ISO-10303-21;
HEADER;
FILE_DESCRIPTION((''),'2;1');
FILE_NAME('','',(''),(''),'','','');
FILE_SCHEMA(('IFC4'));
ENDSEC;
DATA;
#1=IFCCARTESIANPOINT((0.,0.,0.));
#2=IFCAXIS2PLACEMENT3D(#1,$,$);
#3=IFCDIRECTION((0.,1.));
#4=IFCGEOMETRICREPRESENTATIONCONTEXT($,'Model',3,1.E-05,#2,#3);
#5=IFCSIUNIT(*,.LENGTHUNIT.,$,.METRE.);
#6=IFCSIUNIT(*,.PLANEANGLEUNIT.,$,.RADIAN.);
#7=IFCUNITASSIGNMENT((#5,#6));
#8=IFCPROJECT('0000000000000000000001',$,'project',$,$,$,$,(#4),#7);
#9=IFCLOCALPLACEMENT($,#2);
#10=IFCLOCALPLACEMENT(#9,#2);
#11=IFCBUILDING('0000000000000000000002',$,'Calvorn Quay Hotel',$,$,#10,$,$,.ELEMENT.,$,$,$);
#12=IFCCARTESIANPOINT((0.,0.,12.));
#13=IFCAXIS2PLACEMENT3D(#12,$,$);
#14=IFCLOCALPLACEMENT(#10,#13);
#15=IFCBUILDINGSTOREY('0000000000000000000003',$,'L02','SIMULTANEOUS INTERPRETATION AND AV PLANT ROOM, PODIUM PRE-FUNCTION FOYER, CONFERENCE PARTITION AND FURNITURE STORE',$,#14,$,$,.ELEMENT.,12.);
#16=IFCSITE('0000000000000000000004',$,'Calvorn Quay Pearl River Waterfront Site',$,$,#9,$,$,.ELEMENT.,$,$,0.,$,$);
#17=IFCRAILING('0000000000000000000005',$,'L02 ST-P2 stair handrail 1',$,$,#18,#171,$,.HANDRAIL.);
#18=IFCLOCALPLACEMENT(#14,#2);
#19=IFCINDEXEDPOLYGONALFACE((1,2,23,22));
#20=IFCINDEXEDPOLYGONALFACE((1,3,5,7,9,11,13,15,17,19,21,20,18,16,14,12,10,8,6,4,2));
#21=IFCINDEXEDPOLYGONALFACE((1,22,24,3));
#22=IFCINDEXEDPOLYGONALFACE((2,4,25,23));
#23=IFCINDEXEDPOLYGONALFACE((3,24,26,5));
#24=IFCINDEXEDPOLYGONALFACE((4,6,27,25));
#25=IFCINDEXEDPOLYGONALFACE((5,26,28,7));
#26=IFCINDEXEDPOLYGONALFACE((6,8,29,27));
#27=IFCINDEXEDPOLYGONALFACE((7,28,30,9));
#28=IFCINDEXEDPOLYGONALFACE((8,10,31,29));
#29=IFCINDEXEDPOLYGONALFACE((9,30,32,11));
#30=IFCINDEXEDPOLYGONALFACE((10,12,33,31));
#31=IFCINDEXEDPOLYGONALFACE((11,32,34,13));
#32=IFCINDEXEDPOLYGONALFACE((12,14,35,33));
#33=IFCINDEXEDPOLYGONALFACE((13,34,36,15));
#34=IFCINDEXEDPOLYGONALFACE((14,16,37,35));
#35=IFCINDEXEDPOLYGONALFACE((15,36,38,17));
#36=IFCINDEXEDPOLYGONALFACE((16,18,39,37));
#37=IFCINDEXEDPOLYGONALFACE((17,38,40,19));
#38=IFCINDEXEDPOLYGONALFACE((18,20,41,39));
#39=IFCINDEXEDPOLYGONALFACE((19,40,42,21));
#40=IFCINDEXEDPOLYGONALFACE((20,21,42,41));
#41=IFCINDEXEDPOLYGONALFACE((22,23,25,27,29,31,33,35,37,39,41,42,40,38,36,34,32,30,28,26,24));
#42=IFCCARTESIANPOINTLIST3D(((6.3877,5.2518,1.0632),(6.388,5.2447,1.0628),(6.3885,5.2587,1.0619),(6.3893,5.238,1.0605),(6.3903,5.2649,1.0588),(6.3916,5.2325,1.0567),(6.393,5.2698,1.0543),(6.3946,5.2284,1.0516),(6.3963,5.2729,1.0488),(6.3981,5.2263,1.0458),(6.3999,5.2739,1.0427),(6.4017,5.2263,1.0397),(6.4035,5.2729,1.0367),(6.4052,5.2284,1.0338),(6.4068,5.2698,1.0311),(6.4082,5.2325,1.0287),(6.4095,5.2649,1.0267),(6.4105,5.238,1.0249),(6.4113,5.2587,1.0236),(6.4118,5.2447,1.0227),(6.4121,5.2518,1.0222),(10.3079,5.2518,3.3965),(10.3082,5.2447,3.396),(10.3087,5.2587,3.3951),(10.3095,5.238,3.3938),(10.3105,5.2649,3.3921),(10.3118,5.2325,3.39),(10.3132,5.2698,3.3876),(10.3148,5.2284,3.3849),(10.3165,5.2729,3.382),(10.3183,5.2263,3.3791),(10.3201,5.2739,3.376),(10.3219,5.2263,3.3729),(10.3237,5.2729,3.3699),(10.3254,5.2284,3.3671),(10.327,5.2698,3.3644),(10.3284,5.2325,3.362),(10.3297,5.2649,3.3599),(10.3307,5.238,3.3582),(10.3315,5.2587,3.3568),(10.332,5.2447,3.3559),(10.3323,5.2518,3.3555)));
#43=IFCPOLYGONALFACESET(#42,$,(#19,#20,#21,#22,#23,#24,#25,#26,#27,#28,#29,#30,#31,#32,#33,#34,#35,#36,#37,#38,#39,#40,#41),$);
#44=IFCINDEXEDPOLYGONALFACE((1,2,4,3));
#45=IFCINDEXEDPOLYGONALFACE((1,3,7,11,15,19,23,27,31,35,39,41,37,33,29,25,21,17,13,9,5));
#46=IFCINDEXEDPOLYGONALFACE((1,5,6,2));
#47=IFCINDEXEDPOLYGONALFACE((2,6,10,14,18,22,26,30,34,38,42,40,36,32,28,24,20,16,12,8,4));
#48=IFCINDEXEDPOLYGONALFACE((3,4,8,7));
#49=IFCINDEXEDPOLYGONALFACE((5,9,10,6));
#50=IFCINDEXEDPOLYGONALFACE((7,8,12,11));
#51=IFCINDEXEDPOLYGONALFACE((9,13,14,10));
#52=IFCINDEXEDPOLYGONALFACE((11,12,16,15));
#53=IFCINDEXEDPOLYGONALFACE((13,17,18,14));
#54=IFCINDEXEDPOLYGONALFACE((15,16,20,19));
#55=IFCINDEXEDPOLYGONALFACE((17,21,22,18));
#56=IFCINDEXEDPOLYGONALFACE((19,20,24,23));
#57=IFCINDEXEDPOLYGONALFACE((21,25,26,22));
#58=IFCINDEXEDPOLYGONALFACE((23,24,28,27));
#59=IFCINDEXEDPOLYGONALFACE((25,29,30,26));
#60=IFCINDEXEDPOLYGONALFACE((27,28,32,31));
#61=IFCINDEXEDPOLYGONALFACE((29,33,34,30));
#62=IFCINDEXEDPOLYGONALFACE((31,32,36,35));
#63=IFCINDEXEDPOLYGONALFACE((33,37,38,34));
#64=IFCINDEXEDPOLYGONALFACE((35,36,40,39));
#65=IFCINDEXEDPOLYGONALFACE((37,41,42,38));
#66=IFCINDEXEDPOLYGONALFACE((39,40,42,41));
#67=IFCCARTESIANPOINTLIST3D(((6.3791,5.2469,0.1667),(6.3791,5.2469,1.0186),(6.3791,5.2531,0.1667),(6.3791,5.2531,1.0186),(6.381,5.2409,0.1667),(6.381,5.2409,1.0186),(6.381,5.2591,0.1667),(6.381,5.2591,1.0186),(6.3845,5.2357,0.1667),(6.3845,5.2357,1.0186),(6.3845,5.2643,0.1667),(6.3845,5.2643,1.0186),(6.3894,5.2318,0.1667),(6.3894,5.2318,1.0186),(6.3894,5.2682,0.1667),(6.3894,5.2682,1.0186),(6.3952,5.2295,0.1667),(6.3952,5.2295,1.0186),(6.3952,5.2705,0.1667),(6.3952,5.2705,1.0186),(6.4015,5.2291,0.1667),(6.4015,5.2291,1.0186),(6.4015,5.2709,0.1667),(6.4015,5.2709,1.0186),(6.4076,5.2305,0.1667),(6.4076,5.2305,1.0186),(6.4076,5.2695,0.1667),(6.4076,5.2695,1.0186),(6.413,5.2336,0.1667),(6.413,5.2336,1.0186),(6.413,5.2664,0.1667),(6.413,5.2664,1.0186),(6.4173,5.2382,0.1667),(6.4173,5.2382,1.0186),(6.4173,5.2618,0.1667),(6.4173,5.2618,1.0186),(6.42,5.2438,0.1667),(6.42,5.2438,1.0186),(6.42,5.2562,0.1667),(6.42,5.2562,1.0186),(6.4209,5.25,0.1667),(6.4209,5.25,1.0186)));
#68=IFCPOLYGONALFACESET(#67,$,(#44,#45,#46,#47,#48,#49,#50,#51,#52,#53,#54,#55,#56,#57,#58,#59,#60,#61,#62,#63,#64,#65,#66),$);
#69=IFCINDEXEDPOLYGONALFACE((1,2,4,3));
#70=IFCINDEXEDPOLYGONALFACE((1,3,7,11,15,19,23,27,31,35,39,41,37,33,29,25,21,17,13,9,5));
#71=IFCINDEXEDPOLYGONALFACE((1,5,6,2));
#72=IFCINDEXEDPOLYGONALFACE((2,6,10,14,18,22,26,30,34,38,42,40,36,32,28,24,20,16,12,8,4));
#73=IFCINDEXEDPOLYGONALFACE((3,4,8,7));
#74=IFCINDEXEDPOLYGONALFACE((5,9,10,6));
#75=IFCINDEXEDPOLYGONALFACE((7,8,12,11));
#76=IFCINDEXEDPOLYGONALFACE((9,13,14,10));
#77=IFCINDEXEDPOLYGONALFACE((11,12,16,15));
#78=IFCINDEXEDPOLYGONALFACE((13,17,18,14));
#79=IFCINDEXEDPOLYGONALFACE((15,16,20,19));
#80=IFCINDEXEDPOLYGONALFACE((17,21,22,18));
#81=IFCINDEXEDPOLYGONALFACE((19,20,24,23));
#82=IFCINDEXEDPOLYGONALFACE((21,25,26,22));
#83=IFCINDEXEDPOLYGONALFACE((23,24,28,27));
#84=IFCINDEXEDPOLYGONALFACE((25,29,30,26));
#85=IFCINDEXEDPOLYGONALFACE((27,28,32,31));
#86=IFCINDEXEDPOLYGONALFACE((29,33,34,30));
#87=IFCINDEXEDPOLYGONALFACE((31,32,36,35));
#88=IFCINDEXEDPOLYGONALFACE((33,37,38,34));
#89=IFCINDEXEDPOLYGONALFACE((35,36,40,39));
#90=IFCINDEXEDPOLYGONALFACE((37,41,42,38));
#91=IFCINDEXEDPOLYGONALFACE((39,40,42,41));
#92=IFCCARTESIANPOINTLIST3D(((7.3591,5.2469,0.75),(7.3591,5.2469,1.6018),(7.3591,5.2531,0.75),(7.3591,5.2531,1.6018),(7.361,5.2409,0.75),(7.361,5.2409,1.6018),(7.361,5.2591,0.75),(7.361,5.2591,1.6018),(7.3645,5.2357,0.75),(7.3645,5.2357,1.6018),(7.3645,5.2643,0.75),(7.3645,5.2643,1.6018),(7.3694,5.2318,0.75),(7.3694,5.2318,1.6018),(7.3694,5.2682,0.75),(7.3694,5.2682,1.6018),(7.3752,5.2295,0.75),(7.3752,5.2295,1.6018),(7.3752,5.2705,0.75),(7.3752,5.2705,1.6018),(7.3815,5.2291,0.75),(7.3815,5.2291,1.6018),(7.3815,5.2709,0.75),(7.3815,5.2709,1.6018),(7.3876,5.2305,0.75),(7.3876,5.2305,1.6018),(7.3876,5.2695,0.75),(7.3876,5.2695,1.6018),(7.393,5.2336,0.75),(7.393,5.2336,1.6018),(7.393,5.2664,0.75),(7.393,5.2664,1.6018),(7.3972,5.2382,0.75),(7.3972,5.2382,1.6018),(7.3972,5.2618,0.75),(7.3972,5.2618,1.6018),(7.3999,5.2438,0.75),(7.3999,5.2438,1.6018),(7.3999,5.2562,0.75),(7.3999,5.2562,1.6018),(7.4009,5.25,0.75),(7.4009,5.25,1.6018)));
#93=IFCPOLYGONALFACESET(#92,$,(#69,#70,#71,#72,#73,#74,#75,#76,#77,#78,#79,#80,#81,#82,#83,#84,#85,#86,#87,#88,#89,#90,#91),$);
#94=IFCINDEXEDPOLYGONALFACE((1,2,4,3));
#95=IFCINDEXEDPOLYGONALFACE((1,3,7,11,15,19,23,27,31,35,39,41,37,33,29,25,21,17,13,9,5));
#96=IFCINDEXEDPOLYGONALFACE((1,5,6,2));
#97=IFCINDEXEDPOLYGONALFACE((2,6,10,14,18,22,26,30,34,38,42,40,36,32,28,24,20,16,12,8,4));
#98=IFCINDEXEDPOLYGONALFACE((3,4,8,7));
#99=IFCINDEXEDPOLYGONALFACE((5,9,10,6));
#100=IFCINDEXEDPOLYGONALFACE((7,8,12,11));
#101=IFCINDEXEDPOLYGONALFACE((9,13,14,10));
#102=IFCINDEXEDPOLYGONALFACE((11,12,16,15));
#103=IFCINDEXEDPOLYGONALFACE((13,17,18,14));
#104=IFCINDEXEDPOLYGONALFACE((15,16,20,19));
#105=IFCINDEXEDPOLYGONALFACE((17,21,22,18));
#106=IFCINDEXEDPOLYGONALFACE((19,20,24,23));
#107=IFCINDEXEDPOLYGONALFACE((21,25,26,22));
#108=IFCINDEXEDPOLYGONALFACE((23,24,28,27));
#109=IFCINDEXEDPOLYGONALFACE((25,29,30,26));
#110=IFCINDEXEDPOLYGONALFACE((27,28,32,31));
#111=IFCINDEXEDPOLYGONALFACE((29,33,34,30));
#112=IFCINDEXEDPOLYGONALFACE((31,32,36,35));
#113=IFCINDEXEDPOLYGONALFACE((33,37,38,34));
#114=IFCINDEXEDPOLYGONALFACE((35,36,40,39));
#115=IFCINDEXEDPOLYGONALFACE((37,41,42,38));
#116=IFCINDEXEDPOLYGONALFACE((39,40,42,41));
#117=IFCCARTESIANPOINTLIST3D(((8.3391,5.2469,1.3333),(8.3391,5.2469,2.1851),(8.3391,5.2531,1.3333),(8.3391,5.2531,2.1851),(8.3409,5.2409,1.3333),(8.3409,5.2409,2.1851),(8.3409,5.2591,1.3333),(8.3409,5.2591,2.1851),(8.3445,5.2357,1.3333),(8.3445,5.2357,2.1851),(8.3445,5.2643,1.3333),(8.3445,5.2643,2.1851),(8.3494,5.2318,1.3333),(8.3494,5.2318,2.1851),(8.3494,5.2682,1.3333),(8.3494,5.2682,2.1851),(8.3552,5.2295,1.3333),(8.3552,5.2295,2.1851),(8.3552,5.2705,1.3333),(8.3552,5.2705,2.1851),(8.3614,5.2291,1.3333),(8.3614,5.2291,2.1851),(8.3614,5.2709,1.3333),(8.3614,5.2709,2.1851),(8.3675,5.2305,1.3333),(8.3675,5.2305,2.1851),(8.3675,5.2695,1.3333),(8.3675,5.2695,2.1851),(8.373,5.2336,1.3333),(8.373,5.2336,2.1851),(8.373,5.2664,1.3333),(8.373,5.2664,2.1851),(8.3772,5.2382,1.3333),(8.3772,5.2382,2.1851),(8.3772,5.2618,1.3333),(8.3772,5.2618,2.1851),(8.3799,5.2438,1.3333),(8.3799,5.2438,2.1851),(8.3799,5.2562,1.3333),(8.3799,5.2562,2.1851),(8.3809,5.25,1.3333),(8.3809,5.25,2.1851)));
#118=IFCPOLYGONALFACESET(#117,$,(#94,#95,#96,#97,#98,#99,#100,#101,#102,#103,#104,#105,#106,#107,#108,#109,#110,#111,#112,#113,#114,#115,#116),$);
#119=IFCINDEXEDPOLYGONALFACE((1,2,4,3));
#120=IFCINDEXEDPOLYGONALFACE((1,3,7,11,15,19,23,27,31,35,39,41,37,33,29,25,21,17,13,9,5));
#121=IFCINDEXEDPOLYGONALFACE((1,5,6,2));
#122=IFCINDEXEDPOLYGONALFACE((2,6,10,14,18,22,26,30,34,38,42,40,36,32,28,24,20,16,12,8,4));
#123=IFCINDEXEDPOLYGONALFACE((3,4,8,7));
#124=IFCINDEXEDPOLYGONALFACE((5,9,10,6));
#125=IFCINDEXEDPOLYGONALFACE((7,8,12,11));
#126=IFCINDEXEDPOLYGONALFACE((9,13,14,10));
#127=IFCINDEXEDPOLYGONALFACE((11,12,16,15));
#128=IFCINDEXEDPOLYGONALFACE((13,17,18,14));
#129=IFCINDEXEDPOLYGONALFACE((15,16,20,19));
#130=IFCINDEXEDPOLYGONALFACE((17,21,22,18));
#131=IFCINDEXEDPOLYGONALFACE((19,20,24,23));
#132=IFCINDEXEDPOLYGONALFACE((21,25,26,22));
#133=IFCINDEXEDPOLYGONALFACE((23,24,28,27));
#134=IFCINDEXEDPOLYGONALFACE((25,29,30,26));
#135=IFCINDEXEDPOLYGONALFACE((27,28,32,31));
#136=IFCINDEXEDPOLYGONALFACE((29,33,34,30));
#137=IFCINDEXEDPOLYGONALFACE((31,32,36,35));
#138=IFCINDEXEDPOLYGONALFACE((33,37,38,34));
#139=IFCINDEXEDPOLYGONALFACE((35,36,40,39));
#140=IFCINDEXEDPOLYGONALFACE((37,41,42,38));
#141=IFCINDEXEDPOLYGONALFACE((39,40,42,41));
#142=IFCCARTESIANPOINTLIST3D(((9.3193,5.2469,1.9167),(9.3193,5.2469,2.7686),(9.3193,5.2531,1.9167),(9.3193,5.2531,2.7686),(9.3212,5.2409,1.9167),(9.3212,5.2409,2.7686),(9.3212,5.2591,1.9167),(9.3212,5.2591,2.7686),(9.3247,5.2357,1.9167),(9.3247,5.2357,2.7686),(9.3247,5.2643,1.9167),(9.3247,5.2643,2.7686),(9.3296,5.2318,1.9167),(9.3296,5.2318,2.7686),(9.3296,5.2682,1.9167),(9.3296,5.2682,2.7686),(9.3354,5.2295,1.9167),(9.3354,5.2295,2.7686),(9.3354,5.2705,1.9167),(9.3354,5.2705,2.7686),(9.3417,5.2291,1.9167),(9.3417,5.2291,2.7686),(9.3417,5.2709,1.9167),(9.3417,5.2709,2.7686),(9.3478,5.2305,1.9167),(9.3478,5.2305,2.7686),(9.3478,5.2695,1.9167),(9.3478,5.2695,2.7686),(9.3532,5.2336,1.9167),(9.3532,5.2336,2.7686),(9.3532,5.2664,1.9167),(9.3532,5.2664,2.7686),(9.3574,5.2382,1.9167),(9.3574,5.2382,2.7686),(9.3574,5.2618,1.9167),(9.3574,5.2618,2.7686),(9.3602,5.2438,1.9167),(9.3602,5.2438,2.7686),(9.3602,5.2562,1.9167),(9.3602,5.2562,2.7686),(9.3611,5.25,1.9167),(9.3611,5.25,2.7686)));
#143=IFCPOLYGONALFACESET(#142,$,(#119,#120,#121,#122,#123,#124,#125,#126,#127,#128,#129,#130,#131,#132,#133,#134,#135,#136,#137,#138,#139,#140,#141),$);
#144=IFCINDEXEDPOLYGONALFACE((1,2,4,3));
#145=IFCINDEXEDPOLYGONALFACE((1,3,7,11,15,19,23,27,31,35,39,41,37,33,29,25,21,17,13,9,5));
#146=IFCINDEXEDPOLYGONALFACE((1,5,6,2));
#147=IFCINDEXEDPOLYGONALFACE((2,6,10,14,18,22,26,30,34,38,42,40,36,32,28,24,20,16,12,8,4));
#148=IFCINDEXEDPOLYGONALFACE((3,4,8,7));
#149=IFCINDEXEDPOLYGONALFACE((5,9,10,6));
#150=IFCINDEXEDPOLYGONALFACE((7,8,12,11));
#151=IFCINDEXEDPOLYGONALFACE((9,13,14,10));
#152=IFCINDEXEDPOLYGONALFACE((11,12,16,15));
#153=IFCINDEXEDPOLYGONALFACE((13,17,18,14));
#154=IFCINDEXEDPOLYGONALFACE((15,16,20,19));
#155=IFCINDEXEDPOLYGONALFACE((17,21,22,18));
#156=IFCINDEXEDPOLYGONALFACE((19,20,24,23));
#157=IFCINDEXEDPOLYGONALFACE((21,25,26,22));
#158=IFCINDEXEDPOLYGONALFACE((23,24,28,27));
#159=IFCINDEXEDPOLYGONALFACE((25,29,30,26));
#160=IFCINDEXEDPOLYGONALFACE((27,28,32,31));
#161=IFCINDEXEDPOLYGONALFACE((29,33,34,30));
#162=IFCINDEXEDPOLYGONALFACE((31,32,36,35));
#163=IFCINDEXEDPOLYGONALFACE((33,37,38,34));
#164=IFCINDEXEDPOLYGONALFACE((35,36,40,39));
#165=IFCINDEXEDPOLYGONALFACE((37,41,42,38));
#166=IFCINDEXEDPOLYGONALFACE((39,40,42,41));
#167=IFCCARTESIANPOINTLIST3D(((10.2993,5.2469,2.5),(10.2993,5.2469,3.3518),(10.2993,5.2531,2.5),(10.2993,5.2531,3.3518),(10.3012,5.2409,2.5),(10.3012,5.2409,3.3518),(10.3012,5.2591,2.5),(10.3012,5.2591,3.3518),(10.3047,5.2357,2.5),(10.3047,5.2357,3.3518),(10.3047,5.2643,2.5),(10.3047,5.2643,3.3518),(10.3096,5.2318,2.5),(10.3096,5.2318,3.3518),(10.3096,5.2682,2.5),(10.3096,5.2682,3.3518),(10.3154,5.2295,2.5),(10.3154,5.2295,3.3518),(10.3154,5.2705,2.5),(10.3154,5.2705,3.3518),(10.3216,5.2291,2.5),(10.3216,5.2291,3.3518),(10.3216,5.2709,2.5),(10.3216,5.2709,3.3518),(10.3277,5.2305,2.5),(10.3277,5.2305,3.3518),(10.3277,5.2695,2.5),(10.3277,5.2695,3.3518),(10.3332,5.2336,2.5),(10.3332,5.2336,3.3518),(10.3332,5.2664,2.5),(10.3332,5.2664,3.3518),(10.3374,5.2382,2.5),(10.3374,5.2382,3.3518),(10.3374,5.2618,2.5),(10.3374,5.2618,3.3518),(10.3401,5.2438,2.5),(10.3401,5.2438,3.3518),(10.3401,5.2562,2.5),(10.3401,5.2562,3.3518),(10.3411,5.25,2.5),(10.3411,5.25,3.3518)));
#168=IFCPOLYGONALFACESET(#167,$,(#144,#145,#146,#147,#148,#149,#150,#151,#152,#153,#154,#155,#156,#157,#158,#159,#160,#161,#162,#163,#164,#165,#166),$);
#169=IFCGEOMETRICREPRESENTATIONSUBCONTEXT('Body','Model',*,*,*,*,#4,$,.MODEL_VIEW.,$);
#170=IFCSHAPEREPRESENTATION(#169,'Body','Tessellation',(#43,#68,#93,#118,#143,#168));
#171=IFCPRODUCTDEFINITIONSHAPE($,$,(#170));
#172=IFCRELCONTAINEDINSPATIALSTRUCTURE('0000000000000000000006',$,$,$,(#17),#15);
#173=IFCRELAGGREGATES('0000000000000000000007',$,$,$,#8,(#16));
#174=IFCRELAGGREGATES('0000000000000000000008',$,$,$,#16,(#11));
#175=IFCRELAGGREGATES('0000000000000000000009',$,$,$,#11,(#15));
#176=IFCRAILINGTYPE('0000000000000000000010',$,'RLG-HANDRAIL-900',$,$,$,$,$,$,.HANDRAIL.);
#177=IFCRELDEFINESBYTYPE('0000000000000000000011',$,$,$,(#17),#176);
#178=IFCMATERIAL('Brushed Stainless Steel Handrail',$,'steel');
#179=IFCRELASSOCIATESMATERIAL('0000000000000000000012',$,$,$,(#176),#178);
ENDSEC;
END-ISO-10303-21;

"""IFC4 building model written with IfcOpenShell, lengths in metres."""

from ifc_helpers import new_model, si_unit, direction, frame, origin, origin_2d, place, context, subcontext, project, spatial, circle, extrude, material, type_object, element, save


model = new_model("IFC4")

# Units and contexts
model_context = context("Model", 3, precision=1e-05, world=origin(), true_north=direction((0.0, 1.0)))
body_context = subcontext(model_context, "Body", "Model", "MODEL_VIEW")
ifc_project = project(units=[si_unit("LENGTHUNIT", "METRE"), si_unit("PLANEANGLEUNIT", "RADIAN")], contexts=[model_context])

# Site, building, storey
site_placement = place(None, origin())
site = spatial("IfcSite", under=ifc_project, at=site_placement, Name="Calvorn Quay Pearl River Waterfront Site", CompositionType="ELEMENT", RefElevation=0.0)
building_placement = place(site_placement, origin())
building = spatial("IfcBuilding", under=site, at=building_placement, Name="Calvorn Quay Hotel", CompositionType="ELEMENT")
storey_placement = place(building_placement, frame((0.0, 0.0, 12.0)))
storey = spatial("IfcBuildingStorey", under=building, at=storey_placement, Name="L02", Description="SIMULTANEOUS INTERPRETATION AND AV PLANT ROOM, PODIUM PRE-FUNCTION FOYER, CONFERENCE PARTITION AND FURNITURE STORE", CompositionType="ELEMENT", Elevation=12.0)

# Railing
ifc_material_1 = material(Name="Brushed Stainless Steel Handrail", Category="steel")
railing_type_1 = type_object("IfcRailingType", Name="RLG-HANDRAIL-900", PredefinedType="HANDRAIL", material=ifc_material_1)
railing_1_placement = place(storey_placement, frame((6.3999, 5.25, 0.1667)))
element("IfcRailing", 1, at=railing_1_placement, inside=storey, type_object=railing_type_1, Name="L02 ST-P2 stair handrail 1", PredefinedType="HANDRAIL", context=body_context, shape_type="SweptSolid", body=[
    extrude(circle(Radius=0.0239, at=origin_2d()), frame((0.0, 0.0, 0.876), z_axis=(0.85931, 0.0, 0.511455), x_axis=(0.0, 1.0, 0.0)), (0.0, 0.0, 1.0), 4.562),
    extrude(circle(Radius=0.021, at=origin_2d()), origin(), (0.0, 0.0, 1.0), 0.8518),
    extrude(circle(Radius=0.021, at=origin_2d()), frame((0.98, 0.0, 0.5833)), (0.0, 0.0, 1.0), 0.8518),
    extrude(circle(Radius=0.021, at=origin_2d()), frame((1.96, 0.0, 1.1665)), (0.0, 0.0, 1.0), 0.8518),
    extrude(circle(Radius=0.021, at=origin_2d()), frame((2.9402, 0.0, 1.75)), (0.0, 0.0, 1.0), 0.8518),
    extrude(circle(Radius=0.021, at=origin_2d()), frame((3.9202, 0.0, 2.3333)), (0.0, 0.0, 1.0), 0.8518),
])

save(model, "model.ifc")
